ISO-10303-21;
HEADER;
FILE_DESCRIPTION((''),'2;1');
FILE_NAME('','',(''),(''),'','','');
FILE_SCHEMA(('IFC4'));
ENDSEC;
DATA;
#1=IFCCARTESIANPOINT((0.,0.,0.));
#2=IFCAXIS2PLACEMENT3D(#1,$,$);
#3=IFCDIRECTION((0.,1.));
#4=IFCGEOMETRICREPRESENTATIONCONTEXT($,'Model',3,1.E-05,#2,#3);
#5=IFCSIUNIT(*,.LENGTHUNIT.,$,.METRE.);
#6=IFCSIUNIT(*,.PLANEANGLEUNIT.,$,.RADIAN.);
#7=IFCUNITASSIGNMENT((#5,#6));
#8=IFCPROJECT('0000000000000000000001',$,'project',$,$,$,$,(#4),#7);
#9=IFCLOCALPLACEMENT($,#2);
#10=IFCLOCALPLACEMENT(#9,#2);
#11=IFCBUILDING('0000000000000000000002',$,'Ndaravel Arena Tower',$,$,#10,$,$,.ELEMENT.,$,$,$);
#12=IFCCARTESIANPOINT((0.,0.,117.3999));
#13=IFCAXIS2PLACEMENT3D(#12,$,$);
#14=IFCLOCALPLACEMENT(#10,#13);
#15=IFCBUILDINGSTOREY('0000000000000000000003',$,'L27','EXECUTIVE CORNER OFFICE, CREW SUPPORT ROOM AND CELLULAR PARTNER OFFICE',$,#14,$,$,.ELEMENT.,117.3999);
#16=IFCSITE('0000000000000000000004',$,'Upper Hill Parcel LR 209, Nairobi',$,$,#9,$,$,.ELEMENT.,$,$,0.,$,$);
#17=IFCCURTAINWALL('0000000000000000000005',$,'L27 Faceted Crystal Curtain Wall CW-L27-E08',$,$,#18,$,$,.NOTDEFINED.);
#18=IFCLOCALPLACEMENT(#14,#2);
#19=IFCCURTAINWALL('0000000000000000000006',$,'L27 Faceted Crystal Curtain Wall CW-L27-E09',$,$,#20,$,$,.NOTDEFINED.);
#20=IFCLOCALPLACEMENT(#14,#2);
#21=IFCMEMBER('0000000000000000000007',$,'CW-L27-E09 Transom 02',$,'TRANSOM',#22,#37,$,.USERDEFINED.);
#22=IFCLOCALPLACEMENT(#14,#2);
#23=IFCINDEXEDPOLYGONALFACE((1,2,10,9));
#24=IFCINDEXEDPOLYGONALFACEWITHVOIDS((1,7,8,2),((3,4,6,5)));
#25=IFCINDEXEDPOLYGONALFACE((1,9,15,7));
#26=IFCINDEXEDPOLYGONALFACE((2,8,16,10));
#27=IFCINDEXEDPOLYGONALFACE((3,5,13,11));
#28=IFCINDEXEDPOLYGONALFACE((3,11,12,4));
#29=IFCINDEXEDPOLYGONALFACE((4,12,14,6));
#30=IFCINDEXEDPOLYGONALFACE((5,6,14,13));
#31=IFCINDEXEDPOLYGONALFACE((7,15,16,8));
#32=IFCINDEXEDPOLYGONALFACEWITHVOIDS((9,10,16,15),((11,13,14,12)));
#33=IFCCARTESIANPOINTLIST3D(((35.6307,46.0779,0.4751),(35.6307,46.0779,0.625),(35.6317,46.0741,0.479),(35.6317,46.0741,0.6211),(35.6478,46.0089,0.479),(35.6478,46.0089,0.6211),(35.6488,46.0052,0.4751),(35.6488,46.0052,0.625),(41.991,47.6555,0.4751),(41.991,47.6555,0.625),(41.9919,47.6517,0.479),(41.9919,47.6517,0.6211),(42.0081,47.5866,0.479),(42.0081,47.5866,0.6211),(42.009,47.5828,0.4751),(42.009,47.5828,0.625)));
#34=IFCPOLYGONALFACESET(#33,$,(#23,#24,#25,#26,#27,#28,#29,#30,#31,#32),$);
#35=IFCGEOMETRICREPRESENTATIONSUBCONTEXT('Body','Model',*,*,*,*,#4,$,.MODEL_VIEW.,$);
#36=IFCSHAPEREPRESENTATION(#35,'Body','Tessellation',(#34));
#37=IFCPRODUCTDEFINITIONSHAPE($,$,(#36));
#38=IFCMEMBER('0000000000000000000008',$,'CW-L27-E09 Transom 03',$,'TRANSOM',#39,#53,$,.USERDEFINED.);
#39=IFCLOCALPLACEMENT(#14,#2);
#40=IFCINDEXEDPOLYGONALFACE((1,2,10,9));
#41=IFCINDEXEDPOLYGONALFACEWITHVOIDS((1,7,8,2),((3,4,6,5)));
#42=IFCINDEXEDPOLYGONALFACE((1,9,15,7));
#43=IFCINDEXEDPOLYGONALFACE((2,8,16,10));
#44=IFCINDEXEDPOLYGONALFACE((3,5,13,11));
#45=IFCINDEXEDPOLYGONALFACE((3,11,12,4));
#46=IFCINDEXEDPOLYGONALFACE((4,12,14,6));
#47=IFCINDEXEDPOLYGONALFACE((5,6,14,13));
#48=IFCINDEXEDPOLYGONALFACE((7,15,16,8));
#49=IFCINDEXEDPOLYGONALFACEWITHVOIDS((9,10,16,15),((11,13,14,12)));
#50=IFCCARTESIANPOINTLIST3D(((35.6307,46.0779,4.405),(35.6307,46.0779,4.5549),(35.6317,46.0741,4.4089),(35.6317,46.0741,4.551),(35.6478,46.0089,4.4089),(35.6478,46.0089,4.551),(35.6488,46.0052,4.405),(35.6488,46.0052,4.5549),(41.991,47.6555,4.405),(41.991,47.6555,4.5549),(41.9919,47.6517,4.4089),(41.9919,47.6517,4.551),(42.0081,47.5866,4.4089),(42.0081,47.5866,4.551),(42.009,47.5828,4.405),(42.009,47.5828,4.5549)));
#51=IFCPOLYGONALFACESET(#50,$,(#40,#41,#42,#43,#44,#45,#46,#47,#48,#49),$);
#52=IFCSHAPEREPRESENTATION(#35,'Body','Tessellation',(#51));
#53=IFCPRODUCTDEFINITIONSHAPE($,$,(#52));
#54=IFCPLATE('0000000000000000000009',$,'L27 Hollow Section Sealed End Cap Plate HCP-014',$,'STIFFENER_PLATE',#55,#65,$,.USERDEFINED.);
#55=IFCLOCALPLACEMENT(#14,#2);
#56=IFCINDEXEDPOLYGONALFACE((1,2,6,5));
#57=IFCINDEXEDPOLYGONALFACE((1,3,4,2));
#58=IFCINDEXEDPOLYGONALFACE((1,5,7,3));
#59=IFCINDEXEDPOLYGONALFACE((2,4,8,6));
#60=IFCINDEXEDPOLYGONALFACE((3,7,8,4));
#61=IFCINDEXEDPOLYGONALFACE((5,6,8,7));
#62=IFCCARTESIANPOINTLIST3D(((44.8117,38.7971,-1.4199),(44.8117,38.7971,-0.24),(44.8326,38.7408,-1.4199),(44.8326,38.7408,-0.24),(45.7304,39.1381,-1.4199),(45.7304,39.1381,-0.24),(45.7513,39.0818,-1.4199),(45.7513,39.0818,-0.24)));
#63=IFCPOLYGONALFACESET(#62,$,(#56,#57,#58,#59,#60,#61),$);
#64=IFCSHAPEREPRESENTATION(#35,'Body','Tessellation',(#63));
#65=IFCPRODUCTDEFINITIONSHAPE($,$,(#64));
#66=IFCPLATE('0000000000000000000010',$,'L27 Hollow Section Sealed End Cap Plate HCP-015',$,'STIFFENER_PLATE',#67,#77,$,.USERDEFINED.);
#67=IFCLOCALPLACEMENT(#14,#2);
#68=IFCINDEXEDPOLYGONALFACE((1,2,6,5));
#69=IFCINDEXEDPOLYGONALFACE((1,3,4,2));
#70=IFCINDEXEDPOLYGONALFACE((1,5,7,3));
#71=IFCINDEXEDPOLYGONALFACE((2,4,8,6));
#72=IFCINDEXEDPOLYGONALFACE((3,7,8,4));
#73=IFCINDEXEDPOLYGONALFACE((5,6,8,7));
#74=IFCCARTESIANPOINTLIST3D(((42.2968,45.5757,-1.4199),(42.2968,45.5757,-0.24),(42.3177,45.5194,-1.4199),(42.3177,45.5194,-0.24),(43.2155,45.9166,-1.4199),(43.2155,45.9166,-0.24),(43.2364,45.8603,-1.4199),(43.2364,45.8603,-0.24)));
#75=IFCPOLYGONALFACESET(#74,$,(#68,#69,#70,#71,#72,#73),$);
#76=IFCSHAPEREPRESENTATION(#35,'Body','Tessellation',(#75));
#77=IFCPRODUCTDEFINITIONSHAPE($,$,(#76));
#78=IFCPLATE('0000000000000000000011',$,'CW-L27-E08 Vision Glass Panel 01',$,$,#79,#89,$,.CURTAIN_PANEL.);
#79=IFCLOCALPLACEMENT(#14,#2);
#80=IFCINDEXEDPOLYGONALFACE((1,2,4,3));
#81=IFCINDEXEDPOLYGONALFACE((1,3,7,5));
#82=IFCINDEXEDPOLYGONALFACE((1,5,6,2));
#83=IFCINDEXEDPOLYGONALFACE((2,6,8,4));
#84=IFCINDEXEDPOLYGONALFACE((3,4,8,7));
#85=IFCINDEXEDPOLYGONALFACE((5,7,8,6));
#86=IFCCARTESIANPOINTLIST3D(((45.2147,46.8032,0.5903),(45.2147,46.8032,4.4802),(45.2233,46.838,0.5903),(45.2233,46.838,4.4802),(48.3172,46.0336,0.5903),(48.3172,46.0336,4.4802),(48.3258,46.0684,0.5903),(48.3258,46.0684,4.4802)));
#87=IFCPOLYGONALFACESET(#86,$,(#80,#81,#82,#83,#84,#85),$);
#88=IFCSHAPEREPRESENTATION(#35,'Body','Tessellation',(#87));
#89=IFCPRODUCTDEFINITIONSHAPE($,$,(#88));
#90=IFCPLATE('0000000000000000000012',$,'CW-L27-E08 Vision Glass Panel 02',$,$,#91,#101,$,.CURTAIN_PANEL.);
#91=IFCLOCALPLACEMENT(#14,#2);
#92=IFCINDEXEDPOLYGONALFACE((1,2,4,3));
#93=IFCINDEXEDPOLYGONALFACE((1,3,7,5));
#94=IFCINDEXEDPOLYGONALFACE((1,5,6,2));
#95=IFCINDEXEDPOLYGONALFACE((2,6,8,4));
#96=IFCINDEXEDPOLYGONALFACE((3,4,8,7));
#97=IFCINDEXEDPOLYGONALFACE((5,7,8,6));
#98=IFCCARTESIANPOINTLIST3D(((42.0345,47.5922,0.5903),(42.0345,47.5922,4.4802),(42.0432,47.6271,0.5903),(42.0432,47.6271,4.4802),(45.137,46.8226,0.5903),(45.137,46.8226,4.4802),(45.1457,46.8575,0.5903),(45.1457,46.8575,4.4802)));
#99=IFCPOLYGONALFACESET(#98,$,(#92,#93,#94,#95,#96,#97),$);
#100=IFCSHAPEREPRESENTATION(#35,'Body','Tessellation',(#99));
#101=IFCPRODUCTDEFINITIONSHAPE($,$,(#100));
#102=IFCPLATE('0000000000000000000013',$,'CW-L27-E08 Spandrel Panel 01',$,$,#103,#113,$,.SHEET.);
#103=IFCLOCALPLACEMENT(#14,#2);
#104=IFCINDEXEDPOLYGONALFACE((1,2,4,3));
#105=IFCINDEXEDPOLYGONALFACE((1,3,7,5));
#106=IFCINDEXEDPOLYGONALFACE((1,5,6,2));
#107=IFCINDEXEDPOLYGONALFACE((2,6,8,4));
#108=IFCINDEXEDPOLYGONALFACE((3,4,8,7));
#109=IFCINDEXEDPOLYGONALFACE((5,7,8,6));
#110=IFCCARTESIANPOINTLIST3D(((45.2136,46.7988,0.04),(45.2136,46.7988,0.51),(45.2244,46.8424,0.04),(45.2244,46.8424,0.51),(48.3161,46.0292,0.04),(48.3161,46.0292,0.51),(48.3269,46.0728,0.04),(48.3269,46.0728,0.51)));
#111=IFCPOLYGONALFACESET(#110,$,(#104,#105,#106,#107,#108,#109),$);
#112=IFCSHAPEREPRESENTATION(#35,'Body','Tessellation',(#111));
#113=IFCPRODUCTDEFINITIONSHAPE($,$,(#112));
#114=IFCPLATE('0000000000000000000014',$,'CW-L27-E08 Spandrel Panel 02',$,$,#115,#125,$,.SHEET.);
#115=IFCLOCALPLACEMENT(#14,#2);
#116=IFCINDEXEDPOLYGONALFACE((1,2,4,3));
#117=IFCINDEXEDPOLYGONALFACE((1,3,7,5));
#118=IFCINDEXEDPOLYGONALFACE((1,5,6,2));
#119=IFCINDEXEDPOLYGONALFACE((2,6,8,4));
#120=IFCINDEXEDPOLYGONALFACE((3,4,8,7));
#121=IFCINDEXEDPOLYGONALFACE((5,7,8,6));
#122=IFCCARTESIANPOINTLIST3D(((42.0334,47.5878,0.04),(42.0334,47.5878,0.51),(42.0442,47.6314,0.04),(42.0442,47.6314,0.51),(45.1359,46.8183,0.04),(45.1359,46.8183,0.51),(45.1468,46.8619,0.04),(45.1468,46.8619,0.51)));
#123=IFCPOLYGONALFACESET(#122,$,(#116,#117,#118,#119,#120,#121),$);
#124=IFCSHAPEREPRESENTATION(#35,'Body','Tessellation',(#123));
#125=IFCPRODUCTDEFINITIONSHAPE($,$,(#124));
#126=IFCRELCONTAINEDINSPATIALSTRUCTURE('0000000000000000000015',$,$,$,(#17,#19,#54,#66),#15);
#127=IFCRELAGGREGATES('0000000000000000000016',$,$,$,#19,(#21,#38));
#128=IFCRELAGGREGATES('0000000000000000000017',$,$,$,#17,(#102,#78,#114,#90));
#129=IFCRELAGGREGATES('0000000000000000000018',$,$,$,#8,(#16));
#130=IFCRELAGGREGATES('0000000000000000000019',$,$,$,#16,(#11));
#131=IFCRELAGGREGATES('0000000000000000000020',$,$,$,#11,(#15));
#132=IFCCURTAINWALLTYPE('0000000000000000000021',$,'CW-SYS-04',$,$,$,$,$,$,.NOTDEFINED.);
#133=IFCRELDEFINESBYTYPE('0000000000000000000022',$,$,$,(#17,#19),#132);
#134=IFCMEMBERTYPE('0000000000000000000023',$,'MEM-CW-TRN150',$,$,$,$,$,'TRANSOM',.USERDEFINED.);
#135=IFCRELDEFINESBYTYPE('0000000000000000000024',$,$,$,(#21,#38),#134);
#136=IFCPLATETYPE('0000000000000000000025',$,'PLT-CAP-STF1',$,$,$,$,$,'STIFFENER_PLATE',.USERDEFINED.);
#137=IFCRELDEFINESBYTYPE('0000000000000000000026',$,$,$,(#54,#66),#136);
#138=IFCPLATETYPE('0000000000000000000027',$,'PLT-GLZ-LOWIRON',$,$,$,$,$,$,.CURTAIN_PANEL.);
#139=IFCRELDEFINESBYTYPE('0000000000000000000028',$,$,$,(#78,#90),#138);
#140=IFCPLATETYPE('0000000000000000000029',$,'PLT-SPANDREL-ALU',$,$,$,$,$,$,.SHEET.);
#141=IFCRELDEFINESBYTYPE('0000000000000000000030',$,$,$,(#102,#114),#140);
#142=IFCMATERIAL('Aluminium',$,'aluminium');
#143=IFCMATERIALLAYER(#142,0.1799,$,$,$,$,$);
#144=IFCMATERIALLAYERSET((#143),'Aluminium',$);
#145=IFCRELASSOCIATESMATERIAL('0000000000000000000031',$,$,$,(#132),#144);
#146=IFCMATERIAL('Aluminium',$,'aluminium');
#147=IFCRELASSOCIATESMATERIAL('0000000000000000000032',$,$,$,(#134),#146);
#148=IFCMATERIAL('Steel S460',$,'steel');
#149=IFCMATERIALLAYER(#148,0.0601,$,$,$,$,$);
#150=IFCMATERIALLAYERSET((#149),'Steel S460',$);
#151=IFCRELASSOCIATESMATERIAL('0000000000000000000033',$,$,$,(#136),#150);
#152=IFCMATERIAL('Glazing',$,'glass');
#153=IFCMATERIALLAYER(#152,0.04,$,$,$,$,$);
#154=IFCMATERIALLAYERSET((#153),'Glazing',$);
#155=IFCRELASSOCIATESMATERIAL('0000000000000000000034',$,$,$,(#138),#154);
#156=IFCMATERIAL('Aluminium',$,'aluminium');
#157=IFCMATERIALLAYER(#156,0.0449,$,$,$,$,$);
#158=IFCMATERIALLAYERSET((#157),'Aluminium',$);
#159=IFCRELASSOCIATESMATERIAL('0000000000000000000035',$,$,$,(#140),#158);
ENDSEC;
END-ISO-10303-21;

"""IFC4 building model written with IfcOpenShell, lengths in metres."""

from ifc_helpers import new_model, si_unit, direction, frame, origin, origin_2d, place, context, subcontext, project, spatial, rectangle, hollow_rectangle, extrude, material, layer, layer_set, material_profile, profile_set, type_object, element, aggregate, save


model = new_model("IFC4")

# Units and contexts
model_context = context("Model", 3, precision=1e-05, world=origin(), true_north=direction((0.0, 1.0)))
body_context = subcontext(model_context, "Body", "Model", "MODEL_VIEW")
ifc_project = project(units=[si_unit("LENGTHUNIT", "METRE"), si_unit("PLANEANGLEUNIT", "RADIAN")], contexts=[model_context])

# Site, building, storey
site_placement = place(None, origin())
site = spatial("IfcSite", under=ifc_project, at=site_placement, Name="Upper Hill Parcel LR 209, Nairobi", CompositionType="ELEMENT", RefElevation=0.0)
building_placement = place(site_placement, origin())
building = spatial("IfcBuilding", under=site, at=building_placement, Name="Ndaravel Arena Tower", CompositionType="ELEMENT")
storey_placement = place(building_placement, frame((0.0, 0.0, 117.3999)))
storey = spatial("IfcBuildingStorey", under=building, at=storey_placement, Name="L27", Description="EXECUTIVE CORNER OFFICE, CREW SUPPORT ROOM AND CELLULAR PARTNER OFFICE", CompositionType="ELEMENT", Elevation=117.3999)

# Curtain wall
ifc_material_1 = material(Name="Aluminium", Category="aluminium")
ifc_layer_1 = layer(ifc_material_1, 0.1799)
ifc_layer_set_1 = layer_set([ifc_layer_1], Name="Aluminium")
curtain_wall_type = type_object("IfcCurtainWallType", Name="CW-SYS-04", PredefinedType="NOTDEFINED", material=ifc_layer_set_1)
curtain_wall_1_placement = place(storey_placement, origin())
curtain_wall_1 = element("IfcCurtainWall", 1, at=curtain_wall_1_placement, inside=storey, type_object=curtain_wall_type, Name="L27 Faceted Crystal Curtain Wall CW-L27-E08", PredefinedType="NOTDEFINED")

# Curtain wall, members
curtain_wall_2_placement = place(storey_placement, origin())
curtain_wall_2 = element("IfcCurtainWall", 2, at=curtain_wall_2_placement, inside=storey, type_object=curtain_wall_type, Name="L27 Faceted Crystal Curtain Wall CW-L27-E09", PredefinedType="NOTDEFINED")
ifc_material_2 = material(Name="Aluminium", Category="aluminium")
ifc_material_profile_1 = material_profile(ifc_material_2, hollow_rectangle(XDim=0.075, YDim=0.1499, WallThickness=0.0039, at=origin_2d()), Name="CW TRANSOM 75x150x4")
ifc_profile_set_1 = profile_set([ifc_material_profile_1], Name="Aluminium")
member_type_1 = type_object("IfcMemberType", Name="MEM-CW-TRN150", ElementType="TRANSOM", PredefinedType="USERDEFINED", material=ifc_profile_set_1)
member_1_placement = place(storey_placement, frame((42.0, 47.6191, 0.55), z_axis=(-0.970588, -0.240747, 0.0), x_axis=(0.240747, -0.970588, 0.0)))
member_1 = element("IfcMember", 3, at=member_1_placement, type_object=member_type_1, Name="CW-L27-E09 Transom 02", ObjectType="TRANSOM", PredefinedType="USERDEFINED", context=body_context, shape_type="SweptSolid", body=[
    extrude(hollow_rectangle(XDim=0.075, YDim=0.1499, WallThickness=0.0039, at=origin_2d()), origin(), (0.0, 0.0, 1.0), 6.553),
])
member_2_placement = place(storey_placement, frame((42.0, 47.6191, 4.48), z_axis=(-0.970588, -0.240747, 0.0), x_axis=(0.240747, -0.970588, 0.0)))
member_2 = element("IfcMember", 4, at=member_2_placement, type_object=member_type_1, Name="CW-L27-E09 Transom 03", ObjectType="TRANSOM", PredefinedType="USERDEFINED", context=body_context, shape_type="SweptSolid", body=[
    extrude(hollow_rectangle(XDim=0.075, YDim=0.1499, WallThickness=0.0039, at=origin_2d()), origin(), (0.0, 0.0, 1.0), 6.553),
])
aggregate(curtain_wall_2, [member_1, member_2])

# Plates
ifc_material_3 = material(Name="Steel S460", Category="steel")
ifc_layer_2 = layer(ifc_material_3, 0.0601)
ifc_layer_set_2 = layer_set([ifc_layer_2], Name="Steel S460")
plate_type_1 = type_object("IfcPlateType", Name="PLT-CAP-STF1", ElementType="STIFFENER_PLATE", PredefinedType="USERDEFINED", material=ifc_layer_set_2)
for number, where, z_axis, x_axis, name in (
    (5, (45.2815, 38.9395, -1.4199), (0.0, 0.0, 1.0), (-0.347918, 0.937525, 0.0), "L27 Hollow Section Sealed End Cap Plate HCP-014"),
    (6, (42.7666, 45.718, -1.4199), (0.0, 0.0, 1.0), (-0.347918, 0.937525, 0.0), "L27 Hollow Section Sealed End Cap Plate HCP-015"),
):
    element("IfcPlate", number, at=place(storey_placement, frame(where, z_axis=z_axis, x_axis=x_axis)), inside=storey, type_object=plate_type_1, Name=name, ObjectType="STIFFENER_PLATE", PredefinedType="USERDEFINED", context=body_context, shape_type="SweptSolid", body=[
        extrude(rectangle(XDim=0.0601, YDim=0.98, at=origin_2d()), origin(), (0.0, 0.0, 1.0), 1.1799),
    ])

# Plates
ifc_material_4 = material(Name="Glazing", Category="glass")
ifc_layer_3 = layer(ifc_material_4, 0.04)
ifc_layer_set_3 = layer_set([ifc_layer_3], Name="Glazing")
plate_type_2 = type_object("IfcPlateType", Name="PLT-GLZ-LOWIRON", PredefinedType="CURTAIN_PANEL", material=ifc_layer_set_3)
plate_1_placement = place(storey_placement, frame((46.7703, 46.4358, 0.5903), z_axis=(0.0, 0.0, 1.0), x_axis=(-0.970586, 0.240753, 0.0)))
plate_1 = element("IfcPlate", 7, at=plate_1_placement, type_object=plate_type_2, Name="CW-L27-E08 Vision Glass Panel 01", PredefinedType="CURTAIN_PANEL", context=body_context, shape_type="SweptSolid", body=[
    extrude(rectangle(XDim=3.1965, YDim=0.0359, at=origin_2d()), origin(), (0.0, 0.0, 1.0), 3.8899),
])
plate_2_placement = place(storey_placement, frame((43.5901, 47.2249, 0.5903), z_axis=(0.0, 0.0, 1.0), x_axis=(-0.970586, 0.240753, 0.0)))
plate_2 = element("IfcPlate", 8, at=plate_2_placement, type_object=plate_type_2, Name="CW-L27-E08 Vision Glass Panel 02", PredefinedType="CURTAIN_PANEL", context=body_context, shape_type="SweptSolid", body=[
    extrude(rectangle(XDim=3.1965, YDim=0.0359, at=origin_2d()), origin(), (0.0, 0.0, 1.0), 3.8899),
])
ifc_material_5 = material(Name="Aluminium", Category="aluminium")
ifc_layer_4 = layer(ifc_material_5, 0.0449)
ifc_layer_set_4 = layer_set([ifc_layer_4], Name="Aluminium")
plate_type_3 = type_object("IfcPlateType", Name="PLT-SPANDREL-ALU", PredefinedType="SHEET", material=ifc_layer_set_4)
plate_3_placement = place(storey_placement, frame((46.7703, 46.4358, 0.04), z_axis=(0.0, 0.0, 1.0), x_axis=(-0.970586, 0.240753, 0.0)))
plate_3 = element("IfcPlate", 9, at=plate_3_placement, type_object=plate_type_3, Name="CW-L27-E08 Spandrel Panel 01", PredefinedType="SHEET", context=body_context, shape_type="SweptSolid", body=[
    extrude(rectangle(XDim=3.1965, YDim=0.0449, at=origin_2d()), origin(), (0.0, 0.0, 1.0), 0.47),
])
plate_4_placement = place(storey_placement, frame((43.5901, 47.2249, 0.04), z_axis=(0.0, 0.0, 1.0), x_axis=(-0.970586, 0.240753, 0.0)))
plate_4 = element("IfcPlate", 10, at=plate_4_placement, type_object=plate_type_3, Name="CW-L27-E08 Spandrel Panel 02", PredefinedType="SHEET", context=body_context, shape_type="SweptSolid", body=[
    extrude(rectangle(XDim=3.1965, YDim=0.0449, at=origin_2d()), origin(), (0.0, 0.0, 1.0), 0.47),
])
aggregate(curtain_wall_1, [plate_3, plate_1, plate_4, plate_2])

save(model, "model.ifc")
